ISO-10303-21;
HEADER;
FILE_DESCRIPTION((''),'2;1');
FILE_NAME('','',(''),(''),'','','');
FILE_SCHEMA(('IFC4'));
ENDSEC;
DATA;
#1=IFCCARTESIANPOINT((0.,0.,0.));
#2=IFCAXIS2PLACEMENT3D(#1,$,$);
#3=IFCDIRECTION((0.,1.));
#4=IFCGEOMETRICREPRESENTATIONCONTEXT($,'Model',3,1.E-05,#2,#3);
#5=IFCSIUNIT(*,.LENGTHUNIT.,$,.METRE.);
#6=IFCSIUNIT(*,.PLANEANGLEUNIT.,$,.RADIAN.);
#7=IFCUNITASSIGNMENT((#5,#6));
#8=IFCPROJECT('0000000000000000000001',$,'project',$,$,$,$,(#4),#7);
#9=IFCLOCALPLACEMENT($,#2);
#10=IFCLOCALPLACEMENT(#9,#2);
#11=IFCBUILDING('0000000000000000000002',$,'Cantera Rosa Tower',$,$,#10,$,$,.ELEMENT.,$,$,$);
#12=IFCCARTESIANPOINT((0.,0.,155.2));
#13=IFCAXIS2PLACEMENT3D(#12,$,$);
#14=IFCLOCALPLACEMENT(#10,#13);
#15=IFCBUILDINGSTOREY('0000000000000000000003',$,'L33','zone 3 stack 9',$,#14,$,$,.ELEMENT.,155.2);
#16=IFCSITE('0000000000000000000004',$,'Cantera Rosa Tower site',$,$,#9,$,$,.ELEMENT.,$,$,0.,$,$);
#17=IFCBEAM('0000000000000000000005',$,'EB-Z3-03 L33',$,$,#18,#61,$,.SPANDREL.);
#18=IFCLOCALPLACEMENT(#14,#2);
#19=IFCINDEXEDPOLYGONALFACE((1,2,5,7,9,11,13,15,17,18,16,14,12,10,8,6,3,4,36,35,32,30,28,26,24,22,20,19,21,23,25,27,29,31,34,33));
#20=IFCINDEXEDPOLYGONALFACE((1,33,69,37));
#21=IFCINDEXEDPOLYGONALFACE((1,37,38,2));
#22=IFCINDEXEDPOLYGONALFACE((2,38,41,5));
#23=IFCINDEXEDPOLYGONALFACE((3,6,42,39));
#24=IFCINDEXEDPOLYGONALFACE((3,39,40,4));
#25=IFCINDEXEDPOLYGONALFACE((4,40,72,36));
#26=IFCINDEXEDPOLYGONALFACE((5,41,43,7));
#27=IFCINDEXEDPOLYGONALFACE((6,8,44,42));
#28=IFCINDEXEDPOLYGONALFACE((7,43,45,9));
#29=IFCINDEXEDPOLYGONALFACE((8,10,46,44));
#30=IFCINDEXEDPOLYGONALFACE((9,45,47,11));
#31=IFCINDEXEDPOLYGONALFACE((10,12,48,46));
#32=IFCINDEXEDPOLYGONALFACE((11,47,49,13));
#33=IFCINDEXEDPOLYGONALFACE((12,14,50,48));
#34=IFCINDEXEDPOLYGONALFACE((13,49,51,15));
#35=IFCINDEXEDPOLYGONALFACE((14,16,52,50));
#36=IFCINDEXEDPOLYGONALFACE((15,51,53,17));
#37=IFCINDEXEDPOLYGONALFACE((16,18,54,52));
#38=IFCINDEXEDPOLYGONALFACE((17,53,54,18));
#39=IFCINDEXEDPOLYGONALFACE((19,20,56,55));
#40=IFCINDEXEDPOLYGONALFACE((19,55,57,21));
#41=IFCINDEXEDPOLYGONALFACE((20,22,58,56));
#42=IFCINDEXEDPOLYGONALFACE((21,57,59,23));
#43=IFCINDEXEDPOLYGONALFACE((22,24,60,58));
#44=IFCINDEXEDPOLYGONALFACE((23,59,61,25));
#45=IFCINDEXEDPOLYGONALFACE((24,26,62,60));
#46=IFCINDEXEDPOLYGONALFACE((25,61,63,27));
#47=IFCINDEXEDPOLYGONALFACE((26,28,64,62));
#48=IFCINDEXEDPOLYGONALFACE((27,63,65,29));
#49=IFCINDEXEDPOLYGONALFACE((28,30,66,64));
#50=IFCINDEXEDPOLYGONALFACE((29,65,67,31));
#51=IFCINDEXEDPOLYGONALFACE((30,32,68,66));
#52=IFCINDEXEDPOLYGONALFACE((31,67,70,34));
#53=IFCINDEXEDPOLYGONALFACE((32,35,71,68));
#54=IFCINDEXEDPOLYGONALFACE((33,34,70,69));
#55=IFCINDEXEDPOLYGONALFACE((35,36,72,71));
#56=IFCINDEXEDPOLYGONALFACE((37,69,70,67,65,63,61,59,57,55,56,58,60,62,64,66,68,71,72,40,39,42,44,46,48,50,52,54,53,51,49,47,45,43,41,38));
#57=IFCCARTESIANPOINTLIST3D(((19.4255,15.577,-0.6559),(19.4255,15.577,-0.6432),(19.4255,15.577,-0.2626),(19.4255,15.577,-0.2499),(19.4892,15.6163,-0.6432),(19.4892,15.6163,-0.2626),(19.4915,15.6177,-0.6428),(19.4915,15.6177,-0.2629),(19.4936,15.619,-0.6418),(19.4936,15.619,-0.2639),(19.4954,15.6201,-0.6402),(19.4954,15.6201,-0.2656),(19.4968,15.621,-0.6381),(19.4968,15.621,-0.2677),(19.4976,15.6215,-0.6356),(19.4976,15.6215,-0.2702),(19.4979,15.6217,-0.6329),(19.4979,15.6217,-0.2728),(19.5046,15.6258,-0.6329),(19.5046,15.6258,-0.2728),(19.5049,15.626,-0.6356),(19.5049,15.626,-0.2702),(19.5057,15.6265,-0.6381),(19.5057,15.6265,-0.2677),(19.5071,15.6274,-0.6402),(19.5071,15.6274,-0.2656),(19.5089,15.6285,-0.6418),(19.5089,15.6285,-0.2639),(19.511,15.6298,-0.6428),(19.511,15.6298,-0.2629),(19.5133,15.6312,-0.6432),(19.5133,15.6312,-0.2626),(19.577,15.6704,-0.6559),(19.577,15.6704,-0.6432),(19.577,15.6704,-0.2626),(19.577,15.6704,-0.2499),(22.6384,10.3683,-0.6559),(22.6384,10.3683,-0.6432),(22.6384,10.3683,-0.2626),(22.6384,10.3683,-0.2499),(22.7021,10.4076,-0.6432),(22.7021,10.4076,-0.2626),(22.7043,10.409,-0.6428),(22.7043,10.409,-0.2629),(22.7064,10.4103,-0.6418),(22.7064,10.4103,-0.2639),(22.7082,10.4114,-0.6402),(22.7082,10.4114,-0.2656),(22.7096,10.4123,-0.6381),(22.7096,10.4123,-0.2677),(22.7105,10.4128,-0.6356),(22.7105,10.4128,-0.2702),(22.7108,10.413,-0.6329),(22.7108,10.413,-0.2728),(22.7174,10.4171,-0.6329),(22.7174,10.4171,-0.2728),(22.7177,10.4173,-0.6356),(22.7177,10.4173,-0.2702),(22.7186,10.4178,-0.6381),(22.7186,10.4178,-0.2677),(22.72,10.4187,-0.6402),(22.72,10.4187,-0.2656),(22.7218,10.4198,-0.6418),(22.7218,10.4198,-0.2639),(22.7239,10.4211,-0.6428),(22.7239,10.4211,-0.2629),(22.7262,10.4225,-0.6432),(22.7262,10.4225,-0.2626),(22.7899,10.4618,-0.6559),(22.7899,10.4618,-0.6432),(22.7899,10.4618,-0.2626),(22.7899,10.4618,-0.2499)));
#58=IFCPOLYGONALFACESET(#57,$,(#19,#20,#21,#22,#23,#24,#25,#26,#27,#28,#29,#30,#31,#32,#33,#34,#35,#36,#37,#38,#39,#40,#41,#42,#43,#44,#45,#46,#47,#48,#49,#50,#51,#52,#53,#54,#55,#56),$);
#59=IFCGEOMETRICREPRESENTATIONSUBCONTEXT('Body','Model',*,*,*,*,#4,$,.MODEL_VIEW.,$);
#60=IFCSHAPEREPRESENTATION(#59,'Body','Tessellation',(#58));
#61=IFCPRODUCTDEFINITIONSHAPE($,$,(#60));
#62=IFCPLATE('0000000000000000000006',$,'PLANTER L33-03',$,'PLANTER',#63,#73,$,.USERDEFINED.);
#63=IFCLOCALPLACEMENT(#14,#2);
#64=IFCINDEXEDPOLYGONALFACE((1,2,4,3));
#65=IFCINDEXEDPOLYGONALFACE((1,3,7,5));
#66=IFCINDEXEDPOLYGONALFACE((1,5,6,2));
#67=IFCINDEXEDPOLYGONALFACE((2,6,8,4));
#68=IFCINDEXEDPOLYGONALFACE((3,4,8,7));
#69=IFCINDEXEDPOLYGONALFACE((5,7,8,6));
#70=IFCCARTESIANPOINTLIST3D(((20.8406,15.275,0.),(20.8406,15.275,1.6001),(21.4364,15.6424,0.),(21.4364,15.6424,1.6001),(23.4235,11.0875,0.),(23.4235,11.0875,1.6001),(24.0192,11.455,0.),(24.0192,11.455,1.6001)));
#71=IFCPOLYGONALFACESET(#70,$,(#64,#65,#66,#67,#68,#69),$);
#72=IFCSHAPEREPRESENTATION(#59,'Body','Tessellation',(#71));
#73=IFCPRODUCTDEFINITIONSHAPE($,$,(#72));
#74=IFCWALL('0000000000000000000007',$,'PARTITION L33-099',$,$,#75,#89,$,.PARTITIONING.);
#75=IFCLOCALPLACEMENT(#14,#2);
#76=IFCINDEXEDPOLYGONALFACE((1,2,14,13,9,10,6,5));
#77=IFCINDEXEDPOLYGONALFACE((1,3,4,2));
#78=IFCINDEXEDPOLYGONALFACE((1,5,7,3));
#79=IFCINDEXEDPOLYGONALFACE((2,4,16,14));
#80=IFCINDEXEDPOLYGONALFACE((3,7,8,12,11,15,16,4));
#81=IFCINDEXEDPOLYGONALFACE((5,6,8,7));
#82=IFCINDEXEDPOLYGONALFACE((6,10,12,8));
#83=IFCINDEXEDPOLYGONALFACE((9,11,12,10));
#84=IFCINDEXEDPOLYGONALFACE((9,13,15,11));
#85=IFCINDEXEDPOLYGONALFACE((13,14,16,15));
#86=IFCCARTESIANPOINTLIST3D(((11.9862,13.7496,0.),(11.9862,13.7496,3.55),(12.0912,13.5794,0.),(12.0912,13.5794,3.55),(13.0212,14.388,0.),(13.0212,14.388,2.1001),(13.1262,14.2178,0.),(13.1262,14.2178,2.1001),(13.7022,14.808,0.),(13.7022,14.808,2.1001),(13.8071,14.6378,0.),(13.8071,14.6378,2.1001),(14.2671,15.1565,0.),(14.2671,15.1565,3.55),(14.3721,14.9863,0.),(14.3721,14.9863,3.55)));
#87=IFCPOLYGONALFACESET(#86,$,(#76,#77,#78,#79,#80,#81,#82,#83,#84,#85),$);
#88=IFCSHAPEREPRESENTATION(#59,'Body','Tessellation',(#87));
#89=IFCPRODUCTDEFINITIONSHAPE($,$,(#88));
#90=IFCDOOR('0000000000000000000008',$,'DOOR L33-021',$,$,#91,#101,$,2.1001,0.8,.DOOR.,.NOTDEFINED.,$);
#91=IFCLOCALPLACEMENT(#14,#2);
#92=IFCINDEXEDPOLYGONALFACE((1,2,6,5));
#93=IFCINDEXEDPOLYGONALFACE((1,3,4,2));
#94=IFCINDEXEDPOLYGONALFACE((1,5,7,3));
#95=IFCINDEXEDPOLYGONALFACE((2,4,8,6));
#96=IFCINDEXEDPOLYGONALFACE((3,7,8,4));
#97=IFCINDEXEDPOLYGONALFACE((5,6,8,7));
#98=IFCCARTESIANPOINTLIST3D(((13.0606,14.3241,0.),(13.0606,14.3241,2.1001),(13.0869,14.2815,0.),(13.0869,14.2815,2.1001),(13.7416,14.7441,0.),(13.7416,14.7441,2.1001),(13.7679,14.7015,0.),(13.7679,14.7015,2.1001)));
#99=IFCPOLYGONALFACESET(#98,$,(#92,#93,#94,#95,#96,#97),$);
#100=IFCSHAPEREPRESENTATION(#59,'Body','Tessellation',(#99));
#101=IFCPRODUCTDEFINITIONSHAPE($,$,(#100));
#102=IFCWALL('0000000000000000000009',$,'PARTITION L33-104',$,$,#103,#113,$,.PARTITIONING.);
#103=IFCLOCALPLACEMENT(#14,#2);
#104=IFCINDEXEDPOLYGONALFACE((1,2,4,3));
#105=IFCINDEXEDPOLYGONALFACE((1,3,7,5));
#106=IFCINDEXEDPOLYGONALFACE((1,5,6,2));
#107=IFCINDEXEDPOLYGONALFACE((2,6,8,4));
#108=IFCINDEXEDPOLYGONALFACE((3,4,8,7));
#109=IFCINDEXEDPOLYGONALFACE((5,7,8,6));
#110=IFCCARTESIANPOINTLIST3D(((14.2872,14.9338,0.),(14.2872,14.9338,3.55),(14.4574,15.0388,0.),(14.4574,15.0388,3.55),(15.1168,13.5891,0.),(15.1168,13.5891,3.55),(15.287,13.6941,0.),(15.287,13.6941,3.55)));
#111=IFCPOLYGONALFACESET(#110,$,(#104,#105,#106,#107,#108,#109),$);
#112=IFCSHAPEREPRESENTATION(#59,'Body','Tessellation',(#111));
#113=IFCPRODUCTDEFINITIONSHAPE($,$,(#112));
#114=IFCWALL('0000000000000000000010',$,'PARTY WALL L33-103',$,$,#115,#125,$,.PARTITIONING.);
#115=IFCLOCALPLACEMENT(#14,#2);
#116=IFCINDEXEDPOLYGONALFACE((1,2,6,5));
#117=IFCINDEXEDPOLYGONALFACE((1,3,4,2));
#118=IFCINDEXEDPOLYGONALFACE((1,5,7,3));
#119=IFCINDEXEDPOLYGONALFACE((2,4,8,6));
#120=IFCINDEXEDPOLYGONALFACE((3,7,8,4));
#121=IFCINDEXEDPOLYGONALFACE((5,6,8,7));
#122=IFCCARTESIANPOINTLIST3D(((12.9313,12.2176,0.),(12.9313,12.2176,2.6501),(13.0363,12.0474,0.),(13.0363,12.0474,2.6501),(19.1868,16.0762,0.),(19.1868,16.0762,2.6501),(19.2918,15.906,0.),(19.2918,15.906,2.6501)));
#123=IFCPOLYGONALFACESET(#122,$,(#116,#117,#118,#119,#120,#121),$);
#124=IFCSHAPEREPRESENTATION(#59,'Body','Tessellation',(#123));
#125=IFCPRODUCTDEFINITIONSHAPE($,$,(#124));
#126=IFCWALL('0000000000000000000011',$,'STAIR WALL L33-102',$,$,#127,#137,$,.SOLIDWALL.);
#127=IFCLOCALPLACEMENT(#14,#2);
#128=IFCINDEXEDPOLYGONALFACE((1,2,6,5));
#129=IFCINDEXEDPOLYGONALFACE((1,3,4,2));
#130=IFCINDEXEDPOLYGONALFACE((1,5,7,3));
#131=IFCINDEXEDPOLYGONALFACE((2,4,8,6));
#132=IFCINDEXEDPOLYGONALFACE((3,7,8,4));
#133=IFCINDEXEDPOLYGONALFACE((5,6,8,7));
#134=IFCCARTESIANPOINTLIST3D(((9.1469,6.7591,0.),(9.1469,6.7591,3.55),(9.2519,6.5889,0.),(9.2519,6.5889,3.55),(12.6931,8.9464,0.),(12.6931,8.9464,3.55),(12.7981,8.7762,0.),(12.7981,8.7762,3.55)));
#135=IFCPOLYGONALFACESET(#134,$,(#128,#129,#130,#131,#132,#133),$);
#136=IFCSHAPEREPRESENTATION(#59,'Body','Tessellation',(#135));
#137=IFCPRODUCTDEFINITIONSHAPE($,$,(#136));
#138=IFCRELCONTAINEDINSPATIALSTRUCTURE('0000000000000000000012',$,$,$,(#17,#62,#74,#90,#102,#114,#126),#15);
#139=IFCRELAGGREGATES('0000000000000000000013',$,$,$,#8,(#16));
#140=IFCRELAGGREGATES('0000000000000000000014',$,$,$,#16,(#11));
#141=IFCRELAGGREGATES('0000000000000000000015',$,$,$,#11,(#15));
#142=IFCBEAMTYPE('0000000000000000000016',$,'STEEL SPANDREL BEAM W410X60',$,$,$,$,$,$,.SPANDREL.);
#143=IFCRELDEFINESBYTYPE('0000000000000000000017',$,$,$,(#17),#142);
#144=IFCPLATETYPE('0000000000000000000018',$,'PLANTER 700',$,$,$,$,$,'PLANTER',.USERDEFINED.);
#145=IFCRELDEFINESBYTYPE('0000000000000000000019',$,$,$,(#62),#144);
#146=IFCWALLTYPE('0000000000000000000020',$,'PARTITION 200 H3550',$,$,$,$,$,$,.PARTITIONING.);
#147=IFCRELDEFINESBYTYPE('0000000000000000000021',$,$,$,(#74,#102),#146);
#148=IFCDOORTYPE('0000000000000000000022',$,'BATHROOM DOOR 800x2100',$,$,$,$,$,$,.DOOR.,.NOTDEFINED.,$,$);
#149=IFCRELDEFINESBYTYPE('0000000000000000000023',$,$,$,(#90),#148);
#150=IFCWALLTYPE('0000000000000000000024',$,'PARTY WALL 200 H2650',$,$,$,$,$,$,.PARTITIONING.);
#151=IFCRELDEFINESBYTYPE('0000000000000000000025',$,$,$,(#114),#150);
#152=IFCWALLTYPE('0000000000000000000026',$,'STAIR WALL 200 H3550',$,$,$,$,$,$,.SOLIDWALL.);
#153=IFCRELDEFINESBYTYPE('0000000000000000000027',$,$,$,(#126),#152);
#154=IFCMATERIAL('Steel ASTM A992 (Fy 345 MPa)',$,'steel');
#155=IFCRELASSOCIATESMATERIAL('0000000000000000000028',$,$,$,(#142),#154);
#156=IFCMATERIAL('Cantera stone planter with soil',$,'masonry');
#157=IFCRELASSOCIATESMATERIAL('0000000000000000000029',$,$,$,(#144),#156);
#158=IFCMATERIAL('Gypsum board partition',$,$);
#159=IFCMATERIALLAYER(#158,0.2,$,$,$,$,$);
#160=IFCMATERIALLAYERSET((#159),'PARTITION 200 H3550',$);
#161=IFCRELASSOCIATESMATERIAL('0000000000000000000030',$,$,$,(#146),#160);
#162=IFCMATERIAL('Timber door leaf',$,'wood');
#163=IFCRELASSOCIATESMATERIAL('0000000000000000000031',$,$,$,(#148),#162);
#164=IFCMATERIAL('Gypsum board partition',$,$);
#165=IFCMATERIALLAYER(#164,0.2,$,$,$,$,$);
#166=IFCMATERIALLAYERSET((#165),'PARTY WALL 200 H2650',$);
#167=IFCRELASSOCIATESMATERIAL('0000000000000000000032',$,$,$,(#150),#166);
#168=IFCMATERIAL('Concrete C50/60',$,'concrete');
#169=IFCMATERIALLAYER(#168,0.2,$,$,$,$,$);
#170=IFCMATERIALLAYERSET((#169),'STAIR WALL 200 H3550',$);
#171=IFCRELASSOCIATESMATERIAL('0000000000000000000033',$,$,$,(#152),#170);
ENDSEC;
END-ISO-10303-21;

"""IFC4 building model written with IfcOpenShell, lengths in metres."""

from ifc_helpers import new_model, si_unit, direction, frame, frame_2d, origin, origin_2d, place, context, subcontext, project, spatial, rectangle, i_section, extrude, material, layer, layer_set, material_profile, profile_set, type_object, element, fill, save


model = new_model("IFC4")

# Units and contexts
model_context = context("Model", 3, precision=1e-05, world=origin(), true_north=direction((0.0, 1.0)))
body_context = subcontext(model_context, "Body", "Model", "MODEL_VIEW")
ifc_project = project(units=[si_unit("LENGTHUNIT", "METRE"), si_unit("PLANEANGLEUNIT", "RADIAN")], contexts=[model_context])

# Site, building, storey
site_placement = place(None, origin())
site = spatial("IfcSite", under=ifc_project, at=site_placement, Name="Cantera Rosa Tower site", CompositionType="ELEMENT", RefElevation=0.0)
building_placement = place(site_placement, origin())
building = spatial("IfcBuilding", under=site, at=building_placement, Name="Cantera Rosa Tower", CompositionType="ELEMENT")
storey_placement = place(building_placement, frame((0.0, 0.0, 155.2)))
storey = spatial("IfcBuildingStorey", under=building, at=storey_placement, Name="L33", Description="zone 3 stack 9", CompositionType="ELEMENT", Elevation=155.2)

# Beam
ifc_material_1 = material(Name="Steel ASTM A992 (Fy 345 MPa)", Category="steel")
ifc_material_profile_1 = material_profile(ifc_material_1, i_section(OverallWidth=0.178, OverallDepth=0.406, WebThickness=0.0078, FlangeThickness=0.0127, FilletRadius=0.0103, at=origin_2d()), Name="W410X60")
ifc_profile_set_1 = profile_set([ifc_material_profile_1], Name="Steel ASTM A992 (Fy 345 MPa)")
beam_type_1 = type_object("IfcBeamType", Name="STEEL SPANDREL BEAM W410X60", PredefinedType="SPANDREL", material=ifc_profile_set_1)
beam_1_placement = place(storey_placement, frame((22.7141, 10.415, -0.4529), z_axis=(-0.524987, 0.85111, 0.0), x_axis=(-0.85111, -0.524987, 0.0)))
element("IfcBeam", 1, at=beam_1_placement, inside=storey, type_object=beam_type_1, Name="EB-Z3-03 L33", PredefinedType="SPANDREL", context=body_context, shape_type="SweptSolid", body=[
    extrude(i_section(OverallWidth=0.178, OverallDepth=0.406, WebThickness=0.0078, FlangeThickness=0.0127, FilletRadius=0.0103, at=origin_2d()), origin(), (0.0, 0.0, 1.0), 6.1199),
])

# Plate
ifc_material_2 = material(Name="Cantera stone planter with soil", Category="masonry")
plate_type = type_object("IfcPlateType", Name="PLANTER 700", ElementType="PLANTER", PredefinedType="USERDEFINED", material=ifc_material_2)
plate_placement = place(storey_placement, frame((22.4299, 13.365, 0.0), z_axis=(0.0, 0.0, 1.0), x_axis=(-0.524977, 0.851117, 0.0)))
element("IfcPlate", 2, at=plate_placement, inside=storey, type_object=plate_type, Name="PLANTER L33-03", ObjectType="PLANTER", PredefinedType="USERDEFINED", context=body_context, shape_type="SweptSolid", body=[
    extrude(rectangle(XDim=4.9199, YDim=0.7, at=origin_2d()), origin(), (0.0, 0.0, 1.0), 1.6001),
])

# Wall, opening, door
ifc_material_3 = material(Name="Gypsum board partition")
ifc_layer_1 = layer(ifc_material_3, 0.2)
ifc_layer_set_1 = layer_set([ifc_layer_1], Name="PARTITION 200 H3550")
wall_type_1 = type_object("IfcWallType", Name="PARTITION 200 H3550", PredefinedType="PARTITIONING", material=ifc_layer_set_1)
wall_1_placement = place(storey_placement, frame((12.0388, 13.6646, 0.0), z_axis=(0.0, 0.0, 1.0), x_axis=(0.85111, 0.524987, 0.0)))
wall_1 = element("IfcWall", 3, at=wall_1_placement, inside=storey, type_object=wall_type_1, Name="PARTITION L33-099", PredefinedType="PARTITIONING", context=body_context, shape_type="SweptSolid", body=[
    extrude(rectangle(XDim=2.6799, YDim=0.2, at=frame_2d((1.3398, 0.0))), origin(), (0.0, 0.0, 1.0), 3.55),
])
opening_1_placement = place(wall_1_placement, frame((1.2161, 0.0, 0.0)))
opening_1 = element("IfcOpeningElement", 4, at=opening_1_placement, cuts=wall_1, PredefinedType="OPENING", context=body_context, shape_type="SweptSolid", body=[
    extrude(rectangle(XDim=0.8, YDim=2.1001, at=frame_2d((0.3999, 1.05))), frame((0.0, 0.1099, 0.0), z_axis=(0.0, -1.0, 0.0), x_axis=(1.0, 0.0, 0.0)), (0.0, 0.0, 1.0), 0.22),
])
ifc_material_4 = material(Name="Timber door leaf", Category="wood")
door_type_1 = type_object("IfcDoorType", Name="BATHROOM DOOR 800x2100", OperationType="NOTDEFINED", PredefinedType="DOOR", material=ifc_material_4)
door_1_placement = place(opening_1_placement, origin())
door_1 = element("IfcDoor", 5, at=door_1_placement, inside=storey, type_object=door_type_1, Name="DOOR L33-021", OperationType="NOTDEFINED", OverallHeight=2.1001, OverallWidth=0.8, PredefinedType="DOOR", context=body_context, shape_type="SweptSolid", body=[
    extrude(rectangle(XDim=0.8, YDim=2.1001, at=frame_2d((0.3999, 1.05))), frame((0.0, 0.0249, 0.0), z_axis=(0.0, -1.0, 0.0), x_axis=(1.0, 0.0, 0.0)), (0.0, 0.0, 1.0), 0.05),
])
fill(opening_1, door_1)

# Walls
wall_2_placement = place(storey_placement, frame((14.3723, 14.9863, 0.0), z_axis=(0.0, 0.0, 1.0), x_axis=(0.525045, -0.851074, 0.0)))
element("IfcWall", 6, at=wall_2_placement, inside=storey, type_object=wall_type_1, Name="PARTITION L33-104", PredefinedType="PARTITIONING", context=body_context, shape_type="SweptSolid", body=[
    extrude(rectangle(XDim=1.5801, YDim=0.2, at=frame_2d((0.79, 0.0))), origin(), (0.0, 0.0, 1.0), 3.55),
])
ifc_material_5 = material(Name="Gypsum board partition")
ifc_layer_2 = layer(ifc_material_5, 0.2)
ifc_layer_set_2 = layer_set([ifc_layer_2], Name="PARTY WALL 200 H2650")
wall_type_2 = type_object("IfcWallType", Name="PARTY WALL 200 H2650", PredefinedType="PARTITIONING", material=ifc_layer_set_2)
wall_3_placement = place(storey_placement, frame((12.9839, 12.1326, 0.0), z_axis=(0.0, 0.0, 1.0), x_axis=(0.851109, 0.524989, 0.0)))
element("IfcWall", 7, at=wall_3_placement, inside=storey, type_object=wall_type_2, Name="PARTY WALL L33-103", PredefinedType="PARTITIONING", context=body_context, shape_type="SweptSolid", body=[
    extrude(rectangle(XDim=7.3499, YDim=0.2, at=frame_2d((3.6748, 0.0))), origin(), (0.0, 0.0, 1.0), 2.6501),
])
ifc_material_6 = material(Name="Concrete C50/60", Category="concrete")
ifc_layer_3 = layer(ifc_material_6, 0.2)
ifc_layer_set_3 = layer_set([ifc_layer_3], Name="STAIR WALL 200 H3550")
wall_type_3 = type_object("IfcWallType", Name="STAIR WALL 200 H3550", PredefinedType="SOLIDWALL", material=ifc_layer_set_3)
wall_4_placement = place(storey_placement, frame((12.7456, 8.8613, 0.0), z_axis=(0.0, 0.0, 1.0), x_axis=(-0.851121, -0.52497, 0.0)))
element("IfcWall", 8, at=wall_4_placement, inside=storey, type_object=wall_type_3, Name="STAIR WALL L33-102", PredefinedType="SOLIDWALL", context=body_context, shape_type="SweptSolid", body=[
    extrude(rectangle(XDim=4.1665, YDim=0.2, at=frame_2d((2.0833, 0.0))), origin(), (0.0, 0.0, 1.0), 3.55),
])

save(model, "model.ifc")
